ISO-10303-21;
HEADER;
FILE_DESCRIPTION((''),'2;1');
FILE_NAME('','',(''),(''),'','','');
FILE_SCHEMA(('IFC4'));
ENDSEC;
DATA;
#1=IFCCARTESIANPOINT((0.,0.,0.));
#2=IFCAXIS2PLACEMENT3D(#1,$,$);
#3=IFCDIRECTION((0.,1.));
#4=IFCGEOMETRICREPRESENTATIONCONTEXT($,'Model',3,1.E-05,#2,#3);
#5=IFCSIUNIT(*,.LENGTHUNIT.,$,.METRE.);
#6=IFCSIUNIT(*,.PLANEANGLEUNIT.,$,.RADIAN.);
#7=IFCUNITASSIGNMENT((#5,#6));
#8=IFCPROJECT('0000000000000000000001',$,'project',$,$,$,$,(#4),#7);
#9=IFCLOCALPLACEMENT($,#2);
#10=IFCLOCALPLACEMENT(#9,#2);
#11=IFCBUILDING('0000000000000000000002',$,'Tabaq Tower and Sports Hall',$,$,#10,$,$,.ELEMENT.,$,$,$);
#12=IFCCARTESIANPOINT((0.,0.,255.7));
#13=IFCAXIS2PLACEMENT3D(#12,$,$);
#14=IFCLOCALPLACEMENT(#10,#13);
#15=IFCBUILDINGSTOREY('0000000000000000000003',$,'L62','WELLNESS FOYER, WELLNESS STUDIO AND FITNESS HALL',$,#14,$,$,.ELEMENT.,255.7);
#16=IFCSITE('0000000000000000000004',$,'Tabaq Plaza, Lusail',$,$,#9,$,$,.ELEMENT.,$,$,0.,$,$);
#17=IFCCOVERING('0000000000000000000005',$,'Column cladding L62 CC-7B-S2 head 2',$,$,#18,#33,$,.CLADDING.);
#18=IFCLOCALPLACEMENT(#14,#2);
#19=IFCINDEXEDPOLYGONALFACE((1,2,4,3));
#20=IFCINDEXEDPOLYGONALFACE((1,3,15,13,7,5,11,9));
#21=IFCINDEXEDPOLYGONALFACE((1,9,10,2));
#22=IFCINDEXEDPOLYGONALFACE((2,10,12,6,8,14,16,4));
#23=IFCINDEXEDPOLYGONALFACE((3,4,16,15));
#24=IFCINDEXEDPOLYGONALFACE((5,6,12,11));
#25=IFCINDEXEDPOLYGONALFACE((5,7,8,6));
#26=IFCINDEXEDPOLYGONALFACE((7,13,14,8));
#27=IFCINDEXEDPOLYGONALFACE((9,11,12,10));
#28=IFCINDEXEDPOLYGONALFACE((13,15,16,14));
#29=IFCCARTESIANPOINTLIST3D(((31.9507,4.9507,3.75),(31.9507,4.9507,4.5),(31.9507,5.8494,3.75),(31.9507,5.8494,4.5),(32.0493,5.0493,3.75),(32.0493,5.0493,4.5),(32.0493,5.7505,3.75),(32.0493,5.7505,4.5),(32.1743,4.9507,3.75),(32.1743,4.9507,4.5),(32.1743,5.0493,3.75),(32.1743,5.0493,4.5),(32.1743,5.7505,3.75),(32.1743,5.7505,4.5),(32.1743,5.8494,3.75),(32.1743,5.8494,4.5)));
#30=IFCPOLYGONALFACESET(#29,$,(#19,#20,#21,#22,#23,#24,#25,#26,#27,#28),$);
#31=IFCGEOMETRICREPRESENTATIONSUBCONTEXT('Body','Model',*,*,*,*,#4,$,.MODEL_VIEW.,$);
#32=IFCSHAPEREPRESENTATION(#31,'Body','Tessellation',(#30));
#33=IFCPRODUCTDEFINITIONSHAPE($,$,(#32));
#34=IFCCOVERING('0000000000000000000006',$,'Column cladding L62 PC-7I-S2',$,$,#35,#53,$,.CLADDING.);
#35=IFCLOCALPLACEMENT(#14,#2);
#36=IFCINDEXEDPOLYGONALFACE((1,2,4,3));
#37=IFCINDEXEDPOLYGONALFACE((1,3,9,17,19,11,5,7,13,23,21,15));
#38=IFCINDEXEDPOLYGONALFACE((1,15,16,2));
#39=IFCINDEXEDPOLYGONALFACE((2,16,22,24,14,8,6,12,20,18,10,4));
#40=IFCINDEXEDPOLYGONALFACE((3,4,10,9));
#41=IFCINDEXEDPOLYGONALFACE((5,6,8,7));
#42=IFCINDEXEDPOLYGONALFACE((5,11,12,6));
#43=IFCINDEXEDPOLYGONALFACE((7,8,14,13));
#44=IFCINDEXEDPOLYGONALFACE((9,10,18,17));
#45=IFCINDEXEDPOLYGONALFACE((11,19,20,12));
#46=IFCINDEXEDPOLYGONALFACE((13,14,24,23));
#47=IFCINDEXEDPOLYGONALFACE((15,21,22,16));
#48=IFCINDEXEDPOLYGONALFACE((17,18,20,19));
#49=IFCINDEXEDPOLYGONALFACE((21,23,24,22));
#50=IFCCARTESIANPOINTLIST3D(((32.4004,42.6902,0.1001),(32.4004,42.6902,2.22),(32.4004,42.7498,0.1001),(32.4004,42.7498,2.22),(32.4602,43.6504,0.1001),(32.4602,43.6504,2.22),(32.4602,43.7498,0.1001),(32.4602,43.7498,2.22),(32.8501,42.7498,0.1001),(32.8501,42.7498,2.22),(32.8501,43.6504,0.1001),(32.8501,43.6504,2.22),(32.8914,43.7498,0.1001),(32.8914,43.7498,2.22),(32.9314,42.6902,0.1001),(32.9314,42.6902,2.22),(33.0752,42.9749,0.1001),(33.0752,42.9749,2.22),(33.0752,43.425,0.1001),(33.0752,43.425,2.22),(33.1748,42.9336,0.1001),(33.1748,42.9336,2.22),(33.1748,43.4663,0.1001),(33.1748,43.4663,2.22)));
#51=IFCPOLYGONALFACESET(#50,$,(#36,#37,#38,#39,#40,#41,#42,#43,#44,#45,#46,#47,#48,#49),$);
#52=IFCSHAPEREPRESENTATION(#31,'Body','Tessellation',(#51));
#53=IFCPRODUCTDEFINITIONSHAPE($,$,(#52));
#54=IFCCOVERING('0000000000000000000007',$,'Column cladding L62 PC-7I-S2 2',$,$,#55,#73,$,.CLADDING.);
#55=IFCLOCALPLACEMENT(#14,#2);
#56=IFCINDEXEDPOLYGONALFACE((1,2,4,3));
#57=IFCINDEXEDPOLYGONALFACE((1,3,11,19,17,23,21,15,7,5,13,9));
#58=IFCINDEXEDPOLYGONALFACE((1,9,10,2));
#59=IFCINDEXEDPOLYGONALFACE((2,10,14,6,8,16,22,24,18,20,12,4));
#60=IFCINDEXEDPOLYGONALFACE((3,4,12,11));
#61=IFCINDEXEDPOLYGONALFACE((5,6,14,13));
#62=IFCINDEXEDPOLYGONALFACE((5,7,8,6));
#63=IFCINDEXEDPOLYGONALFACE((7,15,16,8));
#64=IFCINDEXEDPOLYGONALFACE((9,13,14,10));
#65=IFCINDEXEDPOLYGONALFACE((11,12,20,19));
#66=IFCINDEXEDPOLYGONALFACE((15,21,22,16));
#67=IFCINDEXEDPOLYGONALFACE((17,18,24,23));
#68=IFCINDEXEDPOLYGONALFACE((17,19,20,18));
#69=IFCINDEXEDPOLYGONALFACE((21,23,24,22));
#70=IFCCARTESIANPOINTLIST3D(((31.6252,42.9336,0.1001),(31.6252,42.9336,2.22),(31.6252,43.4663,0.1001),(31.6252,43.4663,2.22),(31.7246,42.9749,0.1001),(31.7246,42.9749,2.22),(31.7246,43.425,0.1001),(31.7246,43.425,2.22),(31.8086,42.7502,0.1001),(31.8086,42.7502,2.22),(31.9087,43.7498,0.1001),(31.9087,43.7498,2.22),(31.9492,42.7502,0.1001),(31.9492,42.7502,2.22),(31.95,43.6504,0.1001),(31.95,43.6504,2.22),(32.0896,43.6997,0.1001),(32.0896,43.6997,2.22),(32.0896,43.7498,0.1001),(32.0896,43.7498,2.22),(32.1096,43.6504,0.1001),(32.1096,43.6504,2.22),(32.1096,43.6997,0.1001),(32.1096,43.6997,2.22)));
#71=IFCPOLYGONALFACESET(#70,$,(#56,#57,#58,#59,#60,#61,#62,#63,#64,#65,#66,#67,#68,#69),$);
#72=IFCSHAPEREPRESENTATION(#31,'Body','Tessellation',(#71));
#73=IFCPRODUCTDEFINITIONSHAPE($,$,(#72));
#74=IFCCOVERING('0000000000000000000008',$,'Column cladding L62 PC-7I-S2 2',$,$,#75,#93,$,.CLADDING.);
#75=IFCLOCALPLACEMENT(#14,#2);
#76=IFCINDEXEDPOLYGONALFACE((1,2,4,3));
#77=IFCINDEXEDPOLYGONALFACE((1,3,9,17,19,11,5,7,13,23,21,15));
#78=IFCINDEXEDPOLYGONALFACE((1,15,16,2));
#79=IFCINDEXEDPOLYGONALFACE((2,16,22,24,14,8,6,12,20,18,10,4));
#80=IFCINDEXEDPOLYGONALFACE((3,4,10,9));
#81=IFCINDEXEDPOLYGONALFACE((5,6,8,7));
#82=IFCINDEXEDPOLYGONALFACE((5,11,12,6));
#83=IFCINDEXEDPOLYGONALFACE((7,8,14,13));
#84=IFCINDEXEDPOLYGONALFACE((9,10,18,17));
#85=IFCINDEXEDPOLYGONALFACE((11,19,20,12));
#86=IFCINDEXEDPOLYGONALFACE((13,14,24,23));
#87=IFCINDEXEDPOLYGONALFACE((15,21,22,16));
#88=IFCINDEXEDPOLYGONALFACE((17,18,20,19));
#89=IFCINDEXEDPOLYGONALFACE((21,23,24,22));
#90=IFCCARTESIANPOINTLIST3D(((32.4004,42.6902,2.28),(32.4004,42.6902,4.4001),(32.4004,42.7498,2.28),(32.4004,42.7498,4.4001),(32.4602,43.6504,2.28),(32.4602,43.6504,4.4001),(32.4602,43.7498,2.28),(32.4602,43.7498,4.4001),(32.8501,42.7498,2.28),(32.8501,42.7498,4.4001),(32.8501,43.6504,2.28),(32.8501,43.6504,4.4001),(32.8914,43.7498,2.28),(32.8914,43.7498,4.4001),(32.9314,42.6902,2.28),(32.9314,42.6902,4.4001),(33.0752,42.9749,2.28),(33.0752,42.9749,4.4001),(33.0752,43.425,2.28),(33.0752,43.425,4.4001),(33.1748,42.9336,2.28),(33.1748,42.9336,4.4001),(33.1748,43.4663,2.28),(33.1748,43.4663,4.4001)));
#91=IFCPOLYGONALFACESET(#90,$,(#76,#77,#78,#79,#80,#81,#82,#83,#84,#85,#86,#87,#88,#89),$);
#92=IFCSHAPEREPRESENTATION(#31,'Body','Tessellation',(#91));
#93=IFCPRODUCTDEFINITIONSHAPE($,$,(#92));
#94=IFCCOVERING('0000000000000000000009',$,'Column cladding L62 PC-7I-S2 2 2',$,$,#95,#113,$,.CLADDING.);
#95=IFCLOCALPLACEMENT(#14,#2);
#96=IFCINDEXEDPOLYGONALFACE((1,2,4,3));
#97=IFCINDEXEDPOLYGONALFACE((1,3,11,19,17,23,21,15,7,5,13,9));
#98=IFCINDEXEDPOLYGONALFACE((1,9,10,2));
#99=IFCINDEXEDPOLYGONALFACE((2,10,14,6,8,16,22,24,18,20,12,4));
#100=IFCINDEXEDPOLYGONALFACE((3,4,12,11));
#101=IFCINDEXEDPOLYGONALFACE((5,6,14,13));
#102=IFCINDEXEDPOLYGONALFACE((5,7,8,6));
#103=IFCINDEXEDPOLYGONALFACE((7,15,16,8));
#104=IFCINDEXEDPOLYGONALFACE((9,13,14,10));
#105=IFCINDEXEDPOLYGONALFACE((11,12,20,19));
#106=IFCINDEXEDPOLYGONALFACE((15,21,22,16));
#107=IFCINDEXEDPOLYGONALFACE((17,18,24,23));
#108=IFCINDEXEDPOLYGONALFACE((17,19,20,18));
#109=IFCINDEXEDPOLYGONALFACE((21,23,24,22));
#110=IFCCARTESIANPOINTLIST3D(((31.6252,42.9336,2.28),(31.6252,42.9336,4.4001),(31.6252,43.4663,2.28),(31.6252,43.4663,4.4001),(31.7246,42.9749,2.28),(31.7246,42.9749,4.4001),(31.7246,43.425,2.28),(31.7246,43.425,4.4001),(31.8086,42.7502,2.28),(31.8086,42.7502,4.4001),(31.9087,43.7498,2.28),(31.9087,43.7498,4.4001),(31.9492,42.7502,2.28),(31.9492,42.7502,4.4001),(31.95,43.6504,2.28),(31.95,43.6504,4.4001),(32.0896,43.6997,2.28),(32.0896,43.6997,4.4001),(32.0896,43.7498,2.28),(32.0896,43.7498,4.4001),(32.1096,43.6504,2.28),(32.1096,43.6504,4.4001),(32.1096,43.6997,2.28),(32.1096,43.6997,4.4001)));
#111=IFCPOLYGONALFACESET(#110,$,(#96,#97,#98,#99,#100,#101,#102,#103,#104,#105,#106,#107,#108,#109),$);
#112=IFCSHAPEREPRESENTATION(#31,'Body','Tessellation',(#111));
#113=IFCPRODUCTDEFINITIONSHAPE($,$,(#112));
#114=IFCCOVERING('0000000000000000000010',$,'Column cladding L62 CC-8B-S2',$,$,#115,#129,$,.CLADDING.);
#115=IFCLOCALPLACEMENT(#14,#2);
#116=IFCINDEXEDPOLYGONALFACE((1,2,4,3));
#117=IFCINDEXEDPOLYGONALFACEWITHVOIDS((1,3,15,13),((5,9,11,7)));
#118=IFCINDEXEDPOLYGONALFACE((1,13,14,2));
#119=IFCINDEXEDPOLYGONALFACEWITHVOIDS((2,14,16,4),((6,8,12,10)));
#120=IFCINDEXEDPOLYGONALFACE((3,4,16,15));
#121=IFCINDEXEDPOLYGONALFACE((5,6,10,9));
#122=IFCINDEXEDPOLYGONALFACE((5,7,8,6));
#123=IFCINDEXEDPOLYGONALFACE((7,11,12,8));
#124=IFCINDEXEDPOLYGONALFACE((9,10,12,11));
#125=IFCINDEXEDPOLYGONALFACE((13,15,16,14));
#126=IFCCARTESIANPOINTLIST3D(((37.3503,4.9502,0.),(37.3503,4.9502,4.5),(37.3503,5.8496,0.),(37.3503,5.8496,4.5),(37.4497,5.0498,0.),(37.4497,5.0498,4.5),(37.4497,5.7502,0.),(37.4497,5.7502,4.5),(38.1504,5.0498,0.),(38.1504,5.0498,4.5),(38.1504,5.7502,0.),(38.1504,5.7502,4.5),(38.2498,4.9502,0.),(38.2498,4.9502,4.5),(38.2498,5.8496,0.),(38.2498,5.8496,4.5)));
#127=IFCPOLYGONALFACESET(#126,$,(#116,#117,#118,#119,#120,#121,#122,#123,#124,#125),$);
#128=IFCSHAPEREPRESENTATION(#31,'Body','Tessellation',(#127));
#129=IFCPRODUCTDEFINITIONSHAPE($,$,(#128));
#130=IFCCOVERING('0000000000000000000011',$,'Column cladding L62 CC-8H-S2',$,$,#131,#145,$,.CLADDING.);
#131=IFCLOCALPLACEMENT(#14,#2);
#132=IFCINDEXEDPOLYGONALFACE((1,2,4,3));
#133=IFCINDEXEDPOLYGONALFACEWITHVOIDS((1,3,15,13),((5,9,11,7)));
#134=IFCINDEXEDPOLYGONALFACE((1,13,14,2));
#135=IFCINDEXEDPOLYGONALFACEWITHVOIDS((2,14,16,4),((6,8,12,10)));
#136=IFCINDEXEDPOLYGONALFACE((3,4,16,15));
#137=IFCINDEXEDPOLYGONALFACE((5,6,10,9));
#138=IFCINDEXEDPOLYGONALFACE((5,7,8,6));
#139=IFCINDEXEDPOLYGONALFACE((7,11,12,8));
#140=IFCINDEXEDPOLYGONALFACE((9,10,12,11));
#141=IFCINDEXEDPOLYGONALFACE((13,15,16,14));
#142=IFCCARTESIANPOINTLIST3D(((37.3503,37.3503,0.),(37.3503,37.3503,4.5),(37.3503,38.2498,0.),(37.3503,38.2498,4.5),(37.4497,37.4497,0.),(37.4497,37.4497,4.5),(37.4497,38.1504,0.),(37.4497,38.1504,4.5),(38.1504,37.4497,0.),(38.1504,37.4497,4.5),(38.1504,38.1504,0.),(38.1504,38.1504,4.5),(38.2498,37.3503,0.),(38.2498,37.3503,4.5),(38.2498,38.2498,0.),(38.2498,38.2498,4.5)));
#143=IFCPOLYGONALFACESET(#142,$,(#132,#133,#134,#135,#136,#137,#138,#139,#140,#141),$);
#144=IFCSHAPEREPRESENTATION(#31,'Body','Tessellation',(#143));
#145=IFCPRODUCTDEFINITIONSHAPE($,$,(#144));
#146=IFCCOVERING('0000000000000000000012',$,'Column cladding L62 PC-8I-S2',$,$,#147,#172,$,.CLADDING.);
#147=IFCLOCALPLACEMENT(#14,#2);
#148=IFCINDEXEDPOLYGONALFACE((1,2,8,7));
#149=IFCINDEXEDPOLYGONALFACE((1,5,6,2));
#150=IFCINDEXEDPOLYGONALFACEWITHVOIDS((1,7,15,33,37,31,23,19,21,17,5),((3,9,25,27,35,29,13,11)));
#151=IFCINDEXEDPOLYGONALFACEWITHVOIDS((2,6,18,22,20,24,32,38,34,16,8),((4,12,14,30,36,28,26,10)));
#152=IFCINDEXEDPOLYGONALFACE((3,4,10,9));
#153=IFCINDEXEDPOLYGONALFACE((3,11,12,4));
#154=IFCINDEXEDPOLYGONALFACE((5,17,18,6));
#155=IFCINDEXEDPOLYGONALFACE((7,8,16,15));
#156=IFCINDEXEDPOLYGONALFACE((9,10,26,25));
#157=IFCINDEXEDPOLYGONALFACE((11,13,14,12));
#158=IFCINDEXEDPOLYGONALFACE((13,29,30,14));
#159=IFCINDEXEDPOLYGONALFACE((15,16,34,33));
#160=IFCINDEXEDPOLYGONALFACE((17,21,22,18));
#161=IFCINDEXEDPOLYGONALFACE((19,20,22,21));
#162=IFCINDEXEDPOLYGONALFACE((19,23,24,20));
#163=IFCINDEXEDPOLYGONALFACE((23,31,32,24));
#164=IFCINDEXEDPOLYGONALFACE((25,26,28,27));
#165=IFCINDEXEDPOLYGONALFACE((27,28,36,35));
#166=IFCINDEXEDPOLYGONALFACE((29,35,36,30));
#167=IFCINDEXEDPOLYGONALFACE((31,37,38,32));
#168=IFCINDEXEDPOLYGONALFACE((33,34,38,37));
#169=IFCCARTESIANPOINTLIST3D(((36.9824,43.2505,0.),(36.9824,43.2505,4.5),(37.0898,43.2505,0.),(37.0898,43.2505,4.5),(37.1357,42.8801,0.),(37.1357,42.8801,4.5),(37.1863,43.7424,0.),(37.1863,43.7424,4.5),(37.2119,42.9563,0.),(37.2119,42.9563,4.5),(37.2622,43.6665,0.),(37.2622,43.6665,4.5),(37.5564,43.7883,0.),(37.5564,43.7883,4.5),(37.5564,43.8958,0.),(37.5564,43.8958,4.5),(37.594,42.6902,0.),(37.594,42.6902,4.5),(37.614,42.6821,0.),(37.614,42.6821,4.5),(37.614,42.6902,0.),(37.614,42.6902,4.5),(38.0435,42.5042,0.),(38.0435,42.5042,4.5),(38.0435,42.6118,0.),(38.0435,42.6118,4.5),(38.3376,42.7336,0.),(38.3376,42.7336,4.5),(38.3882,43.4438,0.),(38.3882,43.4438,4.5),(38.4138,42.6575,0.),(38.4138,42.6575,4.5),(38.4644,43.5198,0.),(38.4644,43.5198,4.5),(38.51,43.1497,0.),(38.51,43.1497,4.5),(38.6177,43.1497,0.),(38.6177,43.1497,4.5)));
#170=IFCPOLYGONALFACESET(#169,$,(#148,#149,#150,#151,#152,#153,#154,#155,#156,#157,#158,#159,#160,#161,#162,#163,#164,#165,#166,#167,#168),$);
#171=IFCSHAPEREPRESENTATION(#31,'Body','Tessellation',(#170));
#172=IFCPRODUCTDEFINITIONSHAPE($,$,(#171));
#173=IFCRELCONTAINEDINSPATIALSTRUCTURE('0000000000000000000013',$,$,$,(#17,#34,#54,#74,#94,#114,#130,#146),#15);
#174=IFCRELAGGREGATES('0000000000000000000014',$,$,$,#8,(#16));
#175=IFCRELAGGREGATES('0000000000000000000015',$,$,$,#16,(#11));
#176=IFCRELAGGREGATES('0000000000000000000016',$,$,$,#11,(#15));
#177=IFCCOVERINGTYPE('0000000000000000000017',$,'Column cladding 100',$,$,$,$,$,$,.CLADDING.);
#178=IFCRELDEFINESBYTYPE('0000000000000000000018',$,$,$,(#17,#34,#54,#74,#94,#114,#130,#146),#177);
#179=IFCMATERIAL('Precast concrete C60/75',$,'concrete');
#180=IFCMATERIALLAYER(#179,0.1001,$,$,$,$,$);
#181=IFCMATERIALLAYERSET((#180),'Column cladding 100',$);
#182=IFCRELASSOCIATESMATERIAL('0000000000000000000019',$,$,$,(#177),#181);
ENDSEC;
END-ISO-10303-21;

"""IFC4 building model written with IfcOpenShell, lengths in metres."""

from ifc_helpers import new_model, si_unit, direction, frame, origin, place, context, subcontext, project, spatial, polyline, outline, extrude, material, layer, layer_set, type_object, element, save


model = new_model("IFC4")

# Units and contexts
model_context = context("Model", 3, precision=1e-05, world=origin(), true_north=direction((0.0, 1.0)))
body_context = subcontext(model_context, "Body", "Model", "MODEL_VIEW")
ifc_project = project(units=[si_unit("LENGTHUNIT", "METRE"), si_unit("PLANEANGLEUNIT", "RADIAN")], contexts=[model_context])

# Site, building, storey
site_placement = place(None, origin())
site = spatial("IfcSite", under=ifc_project, at=site_placement, Name="Tabaq Plaza, Lusail", CompositionType="ELEMENT", RefElevation=0.0)
building_placement = place(site_placement, origin())
building = spatial("IfcBuilding", under=site, at=building_placement, Name="Tabaq Tower and Sports Hall", CompositionType="ELEMENT")
storey_placement = place(building_placement, frame((0.0, 0.0, 255.7)))
storey = spatial("IfcBuildingStorey", under=building, at=storey_placement, Name="L62", Description="WELLNESS FOYER, WELLNESS STUDIO AND FITNESS HALL", CompositionType="ELEMENT", Elevation=255.7)

# Coverings
ifc_material_1 = material(Name="Precast concrete C60/75", Category="concrete")
ifc_layer_1 = layer(ifc_material_1, 0.1001)
ifc_layer_set_1 = layer_set([ifc_layer_1], Name="Column cladding 100")
covering_type = type_object("IfcCoveringType", Name="Column cladding 100", PredefinedType="CLADDING", material=ifc_layer_set_1)
covering_1_placement = place(storey_placement, frame((0.0, 0.0, 3.75)))
element("IfcCovering", 1, at=covering_1_placement, inside=storey, type_object=covering_type, Name="Column cladding L62 CC-7B-S2 head 2", PredefinedType="CLADDING", context=body_context, shape_type="SweptSolid", body=[
    extrude(outline(polyline([(32.1743, 5.0493), (32.1743, 4.9507), (31.9507, 4.9507), (31.9507, 5.8494), (32.1743, 5.8494), (32.1743, 5.7505), (32.0493, 5.7505), (32.0493, 5.0493), (32.1743, 5.0493)])), origin(), (0.0, 0.0, 1.0), 0.75),
])
covering_2_placement = place(storey_placement, frame((0.0, 0.0, 0.1001)))
element("IfcCovering", 2, at=covering_2_placement, inside=storey, type_object=covering_type, Name="Column cladding L62 PC-7I-S2", PredefinedType="CLADDING", context=body_context, shape_type="SweptSolid", body=[
    extrude(outline(polyline([(32.8914, 43.7498), (33.1748, 43.4663), (33.1748, 42.9336), (32.9314, 42.6902), (32.4004, 42.6902), (32.4004, 42.7498), (32.8501, 42.7498), (33.0752, 42.9749), (33.0752, 43.425), (32.8501, 43.6504), (32.4602, 43.6504), (32.4602, 43.7498), (32.8914, 43.7498)])), origin(), (0.0, 0.0, 1.0), 2.1199),
])
covering_3_placement = place(storey_placement, frame((0.0, 0.0, 0.1001)))
element("IfcCovering", 3, at=covering_3_placement, inside=storey, type_object=covering_type, Name="Column cladding L62 PC-7I-S2 2", PredefinedType="CLADDING", context=body_context, shape_type="SweptSolid", body=[
    extrude(outline(polyline([(31.6252, 43.4663), (31.9087, 43.7498), (32.0896, 43.7498), (32.0896, 43.6997), (32.1096, 43.6997), (32.1096, 43.6504), (31.95, 43.6504), (31.7246, 43.425), (31.7246, 42.9749), (31.9492, 42.7502), (31.8086, 42.7502), (31.6252, 42.9336), (31.6252, 43.4663)])), origin(), (0.0, 0.0, 1.0), 2.1199),
])
covering_4_placement = place(storey_placement, frame((0.0, 0.0, 2.28)))
element("IfcCovering", 4, at=covering_4_placement, inside=storey, type_object=covering_type, Name="Column cladding L62 PC-7I-S2 2", PredefinedType="CLADDING", context=body_context, shape_type="SweptSolid", body=[
    extrude(outline(polyline([(32.8914, 43.7498), (33.1748, 43.4663), (33.1748, 42.9336), (32.9314, 42.6902), (32.4004, 42.6902), (32.4004, 42.7498), (32.8501, 42.7498), (33.0752, 42.9749), (33.0752, 43.425), (32.8501, 43.6504), (32.4602, 43.6504), (32.4602, 43.7498), (32.8914, 43.7498)])), origin(), (0.0, 0.0, 1.0), 2.1201),
])
covering_5_placement = place(storey_placement, frame((0.0, 0.0, 2.28)))
element("IfcCovering", 5, at=covering_5_placement, inside=storey, type_object=covering_type, Name="Column cladding L62 PC-7I-S2 2 2", PredefinedType="CLADDING", context=body_context, shape_type="SweptSolid", body=[
    extrude(outline(polyline([(31.6252, 43.4663), (31.9087, 43.7498), (32.0896, 43.7498), (32.0896, 43.6997), (32.1096, 43.6997), (32.1096, 43.6504), (31.95, 43.6504), (31.7246, 43.425), (31.7246, 42.9749), (31.9492, 42.7502), (31.8086, 42.7502), (31.6252, 42.9336), (31.6252, 43.4663)])), origin(), (0.0, 0.0, 1.0), 2.1201),
])
covering_6_placement = place(storey_placement, origin())
element("IfcCovering", 6, at=covering_6_placement, inside=storey, type_object=covering_type, Name="Column cladding L62 CC-8B-S2", PredefinedType="CLADDING", context=body_context, shape_type="SweptSolid", body=[
    extrude(outline(polyline([(37.3503, 5.8496), (38.2498, 5.8496), (38.2498, 4.9502), (37.3503, 4.9502), (37.3503, 5.8496)]), holes=[polyline([(38.1504, 5.0498), (38.1504, 5.7502), (37.4497, 5.7502), (37.4497, 5.0498), (38.1504, 5.0498)])]), origin(), (0.0, 0.0, 1.0), 4.5),
])
covering_7_placement = place(storey_placement, origin())
element("IfcCovering", 7, at=covering_7_placement, inside=storey, type_object=covering_type, Name="Column cladding L62 CC-8H-S2", PredefinedType="CLADDING", context=body_context, shape_type="SweptSolid", body=[
    extrude(outline(polyline([(37.3503, 38.2498), (38.2498, 38.2498), (38.2498, 37.3503), (37.3503, 37.3503), (37.3503, 38.2498)]), holes=[polyline([(38.1504, 37.4497), (38.1504, 38.1504), (37.4497, 38.1504), (37.4497, 37.4497), (38.1504, 37.4497)])]), origin(), (0.0, 0.0, 1.0), 4.5),
])
covering_8_placement = place(storey_placement, origin())
element("IfcCovering", 8, at=covering_8_placement, inside=storey, type_object=covering_type, Name="Column cladding L62 PC-8I-S2", PredefinedType="CLADDING", context=body_context, shape_type="SweptSolid", body=[
    extrude(outline(polyline([(38.4138, 42.6575), (38.0435, 42.5042), (37.614, 42.6821), (37.614, 42.6902), (37.594, 42.6902), (37.1357, 42.8801), (36.9824, 43.2505), (37.1863, 43.7424), (37.5564, 43.8958), (38.4644, 43.5198), (38.6177, 43.1497), (38.4138, 42.6575)]), holes=[polyline([(37.2622, 43.6665), (37.0898, 43.2505), (37.2119, 42.9563), (38.0435, 42.6118), (38.3376, 42.7336), (38.51, 43.1497), (38.3882, 43.4438), (37.5564, 43.7883), (37.2622, 43.6665)])]), origin(), (0.0, 0.0, 1.0), 4.5),
])

save(model, "model.ifc")
